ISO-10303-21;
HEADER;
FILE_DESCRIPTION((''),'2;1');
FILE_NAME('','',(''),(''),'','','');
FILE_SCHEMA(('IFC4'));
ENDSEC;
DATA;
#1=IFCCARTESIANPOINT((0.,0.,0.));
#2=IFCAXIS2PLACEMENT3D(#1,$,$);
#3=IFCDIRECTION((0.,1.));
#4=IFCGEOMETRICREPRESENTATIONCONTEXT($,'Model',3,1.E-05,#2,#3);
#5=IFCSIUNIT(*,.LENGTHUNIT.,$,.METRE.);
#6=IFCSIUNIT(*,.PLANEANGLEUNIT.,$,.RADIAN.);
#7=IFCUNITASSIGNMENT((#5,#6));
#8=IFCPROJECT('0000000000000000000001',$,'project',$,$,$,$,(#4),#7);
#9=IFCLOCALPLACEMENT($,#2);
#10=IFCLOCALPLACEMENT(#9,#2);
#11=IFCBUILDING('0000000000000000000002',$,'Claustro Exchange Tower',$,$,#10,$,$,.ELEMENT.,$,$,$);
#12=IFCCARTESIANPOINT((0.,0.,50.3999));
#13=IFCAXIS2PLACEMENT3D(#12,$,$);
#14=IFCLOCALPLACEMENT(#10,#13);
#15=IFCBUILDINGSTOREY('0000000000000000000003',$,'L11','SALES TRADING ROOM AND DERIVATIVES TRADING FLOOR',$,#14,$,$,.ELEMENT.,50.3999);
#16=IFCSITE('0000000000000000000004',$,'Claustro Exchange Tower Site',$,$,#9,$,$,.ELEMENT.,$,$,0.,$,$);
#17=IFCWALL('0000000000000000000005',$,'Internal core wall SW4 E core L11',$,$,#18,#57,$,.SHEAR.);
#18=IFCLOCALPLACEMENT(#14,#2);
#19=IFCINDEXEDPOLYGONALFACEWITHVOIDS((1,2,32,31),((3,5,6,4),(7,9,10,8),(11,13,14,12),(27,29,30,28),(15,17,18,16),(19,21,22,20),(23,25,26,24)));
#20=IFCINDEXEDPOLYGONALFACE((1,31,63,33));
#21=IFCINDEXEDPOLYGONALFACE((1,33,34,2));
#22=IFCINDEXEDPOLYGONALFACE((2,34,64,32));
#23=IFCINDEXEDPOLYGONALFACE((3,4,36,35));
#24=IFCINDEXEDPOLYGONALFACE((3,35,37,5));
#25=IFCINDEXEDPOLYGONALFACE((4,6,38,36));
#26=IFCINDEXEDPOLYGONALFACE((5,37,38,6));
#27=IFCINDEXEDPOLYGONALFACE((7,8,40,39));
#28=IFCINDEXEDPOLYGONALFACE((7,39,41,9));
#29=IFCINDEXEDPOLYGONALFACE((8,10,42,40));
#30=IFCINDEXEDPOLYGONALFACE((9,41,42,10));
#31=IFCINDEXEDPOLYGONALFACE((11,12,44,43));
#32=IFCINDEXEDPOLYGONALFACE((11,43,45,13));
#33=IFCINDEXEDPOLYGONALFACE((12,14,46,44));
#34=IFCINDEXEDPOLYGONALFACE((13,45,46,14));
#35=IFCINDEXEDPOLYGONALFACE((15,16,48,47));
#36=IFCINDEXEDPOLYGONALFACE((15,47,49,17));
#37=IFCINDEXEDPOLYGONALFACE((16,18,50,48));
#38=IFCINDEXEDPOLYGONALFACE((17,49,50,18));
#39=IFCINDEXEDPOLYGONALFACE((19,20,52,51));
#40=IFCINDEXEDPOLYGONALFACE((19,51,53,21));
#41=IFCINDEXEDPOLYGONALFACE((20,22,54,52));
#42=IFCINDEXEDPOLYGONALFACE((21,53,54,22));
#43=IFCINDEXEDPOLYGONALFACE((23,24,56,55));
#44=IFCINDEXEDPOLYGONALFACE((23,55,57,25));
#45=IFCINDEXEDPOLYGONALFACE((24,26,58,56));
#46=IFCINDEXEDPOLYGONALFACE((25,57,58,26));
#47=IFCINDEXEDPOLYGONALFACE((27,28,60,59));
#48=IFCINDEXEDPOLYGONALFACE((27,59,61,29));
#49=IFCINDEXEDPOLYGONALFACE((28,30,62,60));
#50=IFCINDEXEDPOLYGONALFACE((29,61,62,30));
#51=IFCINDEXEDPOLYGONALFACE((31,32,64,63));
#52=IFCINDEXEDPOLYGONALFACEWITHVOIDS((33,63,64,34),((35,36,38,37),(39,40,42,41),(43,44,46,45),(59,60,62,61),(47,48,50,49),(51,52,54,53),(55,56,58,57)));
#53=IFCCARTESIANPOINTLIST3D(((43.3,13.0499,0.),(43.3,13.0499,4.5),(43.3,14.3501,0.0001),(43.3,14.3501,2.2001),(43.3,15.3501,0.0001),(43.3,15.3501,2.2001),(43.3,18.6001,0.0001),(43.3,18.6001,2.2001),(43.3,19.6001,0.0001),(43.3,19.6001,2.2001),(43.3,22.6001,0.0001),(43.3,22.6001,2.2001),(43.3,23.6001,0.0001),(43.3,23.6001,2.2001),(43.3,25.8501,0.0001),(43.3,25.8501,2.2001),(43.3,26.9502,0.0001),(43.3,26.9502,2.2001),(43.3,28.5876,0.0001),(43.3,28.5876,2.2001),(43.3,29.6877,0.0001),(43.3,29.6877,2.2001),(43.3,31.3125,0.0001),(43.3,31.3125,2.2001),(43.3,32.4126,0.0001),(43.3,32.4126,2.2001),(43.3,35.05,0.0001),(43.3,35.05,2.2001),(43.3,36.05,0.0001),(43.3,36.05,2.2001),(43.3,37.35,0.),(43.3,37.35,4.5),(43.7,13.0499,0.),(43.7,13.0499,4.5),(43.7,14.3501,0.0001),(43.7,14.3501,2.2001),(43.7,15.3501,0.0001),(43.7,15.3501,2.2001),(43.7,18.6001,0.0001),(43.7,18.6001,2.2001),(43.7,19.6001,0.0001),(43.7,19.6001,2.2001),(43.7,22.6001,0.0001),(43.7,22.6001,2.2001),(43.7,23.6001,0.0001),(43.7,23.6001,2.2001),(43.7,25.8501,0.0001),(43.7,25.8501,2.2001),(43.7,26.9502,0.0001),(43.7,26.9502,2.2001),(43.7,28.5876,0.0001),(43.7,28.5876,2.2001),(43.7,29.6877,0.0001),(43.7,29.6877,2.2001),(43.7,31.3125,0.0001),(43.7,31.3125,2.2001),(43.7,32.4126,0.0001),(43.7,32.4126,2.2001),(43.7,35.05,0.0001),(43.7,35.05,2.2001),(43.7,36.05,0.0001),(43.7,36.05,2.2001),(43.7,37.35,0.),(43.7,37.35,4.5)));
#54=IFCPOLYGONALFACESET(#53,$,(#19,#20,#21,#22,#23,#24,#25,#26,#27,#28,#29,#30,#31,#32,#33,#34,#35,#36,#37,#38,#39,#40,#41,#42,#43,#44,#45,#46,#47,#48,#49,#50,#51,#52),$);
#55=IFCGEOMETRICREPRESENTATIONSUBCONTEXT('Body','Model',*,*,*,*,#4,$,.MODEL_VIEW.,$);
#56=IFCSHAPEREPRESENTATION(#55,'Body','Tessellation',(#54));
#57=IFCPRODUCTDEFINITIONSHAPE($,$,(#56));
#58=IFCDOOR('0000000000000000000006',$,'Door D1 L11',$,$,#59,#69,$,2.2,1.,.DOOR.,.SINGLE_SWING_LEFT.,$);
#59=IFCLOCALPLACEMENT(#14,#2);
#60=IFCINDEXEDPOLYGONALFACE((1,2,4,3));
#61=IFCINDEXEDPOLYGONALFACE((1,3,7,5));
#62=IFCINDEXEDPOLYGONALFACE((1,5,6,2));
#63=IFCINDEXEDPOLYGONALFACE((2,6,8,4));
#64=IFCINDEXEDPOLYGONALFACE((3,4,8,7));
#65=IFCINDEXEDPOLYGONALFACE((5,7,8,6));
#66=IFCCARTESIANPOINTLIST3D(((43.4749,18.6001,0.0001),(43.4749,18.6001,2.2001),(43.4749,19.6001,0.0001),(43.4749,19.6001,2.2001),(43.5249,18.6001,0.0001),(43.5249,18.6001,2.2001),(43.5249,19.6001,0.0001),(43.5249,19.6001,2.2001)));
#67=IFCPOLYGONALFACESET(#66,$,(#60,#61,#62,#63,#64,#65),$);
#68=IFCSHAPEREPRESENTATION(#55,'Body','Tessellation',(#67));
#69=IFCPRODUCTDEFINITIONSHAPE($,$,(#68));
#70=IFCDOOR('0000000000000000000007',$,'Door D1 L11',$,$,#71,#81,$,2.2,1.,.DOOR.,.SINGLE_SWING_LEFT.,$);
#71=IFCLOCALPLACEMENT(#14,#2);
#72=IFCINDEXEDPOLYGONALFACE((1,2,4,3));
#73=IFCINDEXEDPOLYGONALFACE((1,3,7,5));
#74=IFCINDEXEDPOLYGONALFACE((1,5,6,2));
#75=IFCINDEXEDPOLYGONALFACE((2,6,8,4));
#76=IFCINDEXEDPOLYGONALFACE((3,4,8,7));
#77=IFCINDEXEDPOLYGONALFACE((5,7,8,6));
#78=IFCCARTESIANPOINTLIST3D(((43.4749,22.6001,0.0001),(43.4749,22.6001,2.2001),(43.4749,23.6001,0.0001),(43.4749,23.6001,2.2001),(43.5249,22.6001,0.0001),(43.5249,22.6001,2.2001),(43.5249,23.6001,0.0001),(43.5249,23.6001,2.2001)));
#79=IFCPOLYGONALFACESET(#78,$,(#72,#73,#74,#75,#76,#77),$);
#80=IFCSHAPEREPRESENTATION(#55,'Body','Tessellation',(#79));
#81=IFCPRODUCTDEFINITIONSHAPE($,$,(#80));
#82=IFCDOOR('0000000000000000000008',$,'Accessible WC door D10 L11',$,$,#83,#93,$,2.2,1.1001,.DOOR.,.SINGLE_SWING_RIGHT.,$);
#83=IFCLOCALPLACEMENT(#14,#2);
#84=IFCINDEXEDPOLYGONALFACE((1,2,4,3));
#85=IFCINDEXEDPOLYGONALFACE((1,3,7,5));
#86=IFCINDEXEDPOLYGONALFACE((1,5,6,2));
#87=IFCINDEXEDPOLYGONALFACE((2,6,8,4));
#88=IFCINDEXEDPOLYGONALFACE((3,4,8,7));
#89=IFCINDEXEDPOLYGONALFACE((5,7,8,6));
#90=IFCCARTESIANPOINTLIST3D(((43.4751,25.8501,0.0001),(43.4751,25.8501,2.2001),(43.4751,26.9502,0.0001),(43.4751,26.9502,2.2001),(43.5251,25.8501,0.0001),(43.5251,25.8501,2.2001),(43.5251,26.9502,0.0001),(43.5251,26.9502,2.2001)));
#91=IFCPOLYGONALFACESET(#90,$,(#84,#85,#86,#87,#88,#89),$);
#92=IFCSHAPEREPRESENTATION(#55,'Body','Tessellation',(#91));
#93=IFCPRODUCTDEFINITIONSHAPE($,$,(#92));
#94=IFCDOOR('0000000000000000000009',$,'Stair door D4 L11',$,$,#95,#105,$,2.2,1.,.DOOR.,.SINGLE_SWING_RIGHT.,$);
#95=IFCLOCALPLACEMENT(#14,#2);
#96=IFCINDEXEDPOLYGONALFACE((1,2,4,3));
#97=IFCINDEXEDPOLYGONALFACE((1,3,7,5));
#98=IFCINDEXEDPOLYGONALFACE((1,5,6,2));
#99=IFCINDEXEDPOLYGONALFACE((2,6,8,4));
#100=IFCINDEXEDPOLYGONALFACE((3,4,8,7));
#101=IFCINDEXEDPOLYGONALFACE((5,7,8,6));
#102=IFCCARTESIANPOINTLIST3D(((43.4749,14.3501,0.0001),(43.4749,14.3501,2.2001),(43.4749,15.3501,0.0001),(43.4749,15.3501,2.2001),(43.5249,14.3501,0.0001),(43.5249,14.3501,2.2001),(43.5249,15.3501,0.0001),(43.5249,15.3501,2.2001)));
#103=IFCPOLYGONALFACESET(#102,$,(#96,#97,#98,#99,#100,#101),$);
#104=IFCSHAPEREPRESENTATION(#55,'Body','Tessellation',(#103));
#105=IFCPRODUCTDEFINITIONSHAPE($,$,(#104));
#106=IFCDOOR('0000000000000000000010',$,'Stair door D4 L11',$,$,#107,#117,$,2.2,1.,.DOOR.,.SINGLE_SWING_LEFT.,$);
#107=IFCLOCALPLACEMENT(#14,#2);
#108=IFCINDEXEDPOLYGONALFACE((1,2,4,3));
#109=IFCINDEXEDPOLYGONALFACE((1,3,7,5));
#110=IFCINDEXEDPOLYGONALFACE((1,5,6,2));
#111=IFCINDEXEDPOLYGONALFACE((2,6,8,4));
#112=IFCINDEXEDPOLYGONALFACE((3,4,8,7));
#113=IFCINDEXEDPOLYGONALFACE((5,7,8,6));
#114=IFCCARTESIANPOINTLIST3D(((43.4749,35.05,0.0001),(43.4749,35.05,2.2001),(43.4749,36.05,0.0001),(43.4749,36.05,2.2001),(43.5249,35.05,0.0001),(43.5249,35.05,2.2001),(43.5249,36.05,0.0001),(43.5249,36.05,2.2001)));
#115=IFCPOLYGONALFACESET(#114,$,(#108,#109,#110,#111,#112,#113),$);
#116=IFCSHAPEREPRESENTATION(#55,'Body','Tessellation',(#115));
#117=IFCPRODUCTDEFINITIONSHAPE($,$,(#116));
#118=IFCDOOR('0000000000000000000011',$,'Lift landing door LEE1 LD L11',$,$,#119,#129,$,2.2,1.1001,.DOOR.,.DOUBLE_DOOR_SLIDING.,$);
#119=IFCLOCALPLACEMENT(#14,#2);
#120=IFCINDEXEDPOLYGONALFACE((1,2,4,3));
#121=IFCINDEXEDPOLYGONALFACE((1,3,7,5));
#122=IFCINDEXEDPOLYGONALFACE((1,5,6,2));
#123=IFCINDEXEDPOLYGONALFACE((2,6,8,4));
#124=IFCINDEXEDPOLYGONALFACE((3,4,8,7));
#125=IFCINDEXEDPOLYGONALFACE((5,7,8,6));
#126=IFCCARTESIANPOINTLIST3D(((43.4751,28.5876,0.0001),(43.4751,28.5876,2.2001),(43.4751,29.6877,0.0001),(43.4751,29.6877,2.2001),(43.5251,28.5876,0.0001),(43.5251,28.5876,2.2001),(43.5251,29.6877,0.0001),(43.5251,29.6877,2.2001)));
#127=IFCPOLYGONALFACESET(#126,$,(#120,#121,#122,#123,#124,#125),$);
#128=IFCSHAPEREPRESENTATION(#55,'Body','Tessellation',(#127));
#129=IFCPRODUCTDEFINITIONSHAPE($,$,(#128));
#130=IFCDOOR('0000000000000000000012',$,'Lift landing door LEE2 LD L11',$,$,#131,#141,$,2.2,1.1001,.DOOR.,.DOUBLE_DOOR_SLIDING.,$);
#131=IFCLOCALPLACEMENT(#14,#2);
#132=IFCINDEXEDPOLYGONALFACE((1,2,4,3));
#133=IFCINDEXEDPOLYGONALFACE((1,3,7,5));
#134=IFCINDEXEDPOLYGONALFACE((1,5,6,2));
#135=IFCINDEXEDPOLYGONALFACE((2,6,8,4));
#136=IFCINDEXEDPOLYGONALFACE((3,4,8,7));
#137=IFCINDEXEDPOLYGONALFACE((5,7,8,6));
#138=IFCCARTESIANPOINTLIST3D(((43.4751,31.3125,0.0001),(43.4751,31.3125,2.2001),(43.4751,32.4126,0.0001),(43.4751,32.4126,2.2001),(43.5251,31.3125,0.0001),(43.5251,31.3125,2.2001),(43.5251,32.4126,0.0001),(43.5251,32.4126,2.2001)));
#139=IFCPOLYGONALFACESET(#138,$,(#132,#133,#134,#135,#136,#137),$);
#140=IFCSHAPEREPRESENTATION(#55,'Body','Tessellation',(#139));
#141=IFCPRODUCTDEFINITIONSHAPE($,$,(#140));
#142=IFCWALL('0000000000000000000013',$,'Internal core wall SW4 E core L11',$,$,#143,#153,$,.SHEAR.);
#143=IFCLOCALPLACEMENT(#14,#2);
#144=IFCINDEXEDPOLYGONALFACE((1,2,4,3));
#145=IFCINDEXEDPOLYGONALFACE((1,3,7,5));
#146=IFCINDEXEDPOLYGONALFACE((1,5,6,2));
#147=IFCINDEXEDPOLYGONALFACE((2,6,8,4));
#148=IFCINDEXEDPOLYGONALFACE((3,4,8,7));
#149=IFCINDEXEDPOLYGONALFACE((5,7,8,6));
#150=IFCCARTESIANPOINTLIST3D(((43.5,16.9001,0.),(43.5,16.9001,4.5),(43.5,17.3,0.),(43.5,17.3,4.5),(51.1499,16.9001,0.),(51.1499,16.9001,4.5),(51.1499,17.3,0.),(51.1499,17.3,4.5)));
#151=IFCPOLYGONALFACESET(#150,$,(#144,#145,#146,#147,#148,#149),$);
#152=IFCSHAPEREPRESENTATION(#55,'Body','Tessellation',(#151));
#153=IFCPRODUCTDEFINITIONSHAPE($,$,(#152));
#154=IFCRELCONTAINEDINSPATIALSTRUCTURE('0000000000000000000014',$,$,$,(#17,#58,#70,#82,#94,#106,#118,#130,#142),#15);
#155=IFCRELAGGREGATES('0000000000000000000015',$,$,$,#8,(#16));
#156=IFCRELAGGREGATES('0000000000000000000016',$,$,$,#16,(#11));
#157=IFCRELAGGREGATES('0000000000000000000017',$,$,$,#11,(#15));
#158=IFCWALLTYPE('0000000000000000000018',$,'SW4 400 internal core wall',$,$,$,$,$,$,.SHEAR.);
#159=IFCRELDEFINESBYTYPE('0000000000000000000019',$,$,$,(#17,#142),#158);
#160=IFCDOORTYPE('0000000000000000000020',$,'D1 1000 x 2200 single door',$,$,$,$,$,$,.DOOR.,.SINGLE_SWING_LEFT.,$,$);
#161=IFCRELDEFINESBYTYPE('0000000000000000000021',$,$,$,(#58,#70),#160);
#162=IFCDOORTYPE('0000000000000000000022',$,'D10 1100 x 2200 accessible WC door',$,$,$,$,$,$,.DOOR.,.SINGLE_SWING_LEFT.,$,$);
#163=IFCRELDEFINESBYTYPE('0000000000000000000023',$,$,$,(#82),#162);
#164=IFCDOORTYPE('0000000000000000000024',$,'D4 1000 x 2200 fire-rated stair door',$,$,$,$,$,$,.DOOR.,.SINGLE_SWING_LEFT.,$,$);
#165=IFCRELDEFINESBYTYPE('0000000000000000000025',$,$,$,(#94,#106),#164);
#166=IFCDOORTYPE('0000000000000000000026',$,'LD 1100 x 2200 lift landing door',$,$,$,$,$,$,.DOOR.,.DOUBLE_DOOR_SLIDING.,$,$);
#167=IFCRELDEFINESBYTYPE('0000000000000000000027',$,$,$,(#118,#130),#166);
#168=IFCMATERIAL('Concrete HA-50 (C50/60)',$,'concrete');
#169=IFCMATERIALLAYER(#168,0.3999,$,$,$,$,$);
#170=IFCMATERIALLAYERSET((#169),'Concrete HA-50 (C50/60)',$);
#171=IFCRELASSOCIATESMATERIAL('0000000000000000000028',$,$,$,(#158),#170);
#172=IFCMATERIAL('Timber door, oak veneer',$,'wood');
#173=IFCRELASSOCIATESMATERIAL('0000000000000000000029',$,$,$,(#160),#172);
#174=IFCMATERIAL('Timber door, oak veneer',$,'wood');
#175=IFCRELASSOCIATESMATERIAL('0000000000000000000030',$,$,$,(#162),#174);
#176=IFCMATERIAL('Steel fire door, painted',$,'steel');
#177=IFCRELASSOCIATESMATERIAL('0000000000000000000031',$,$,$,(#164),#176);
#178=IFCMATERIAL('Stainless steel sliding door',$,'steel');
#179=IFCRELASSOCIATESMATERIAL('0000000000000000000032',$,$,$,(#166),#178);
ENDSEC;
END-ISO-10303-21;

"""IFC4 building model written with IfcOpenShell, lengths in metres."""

from ifc_helpers import new_model, si_unit, direction, frame, frame_2d, origin, place, context, subcontext, project, spatial, rectangle, extrude, material, layer, layer_set, type_object, element, fill, save


model = new_model("IFC4")

# Units and contexts
model_context = context("Model", 3, precision=1e-05, world=origin(), true_north=direction((0.0, 1.0)))
body_context = subcontext(model_context, "Body", "Model", "MODEL_VIEW")
ifc_project = project(units=[si_unit("LENGTHUNIT", "METRE"), si_unit("PLANEANGLEUNIT", "RADIAN")], contexts=[model_context])

# Site, building, storey
site_placement = place(None, origin())
site = spatial("IfcSite", under=ifc_project, at=site_placement, Name="Claustro Exchange Tower Site", CompositionType="ELEMENT", RefElevation=0.0)
building_placement = place(site_placement, origin())
building = spatial("IfcBuilding", under=site, at=building_placement, Name="Claustro Exchange Tower", CompositionType="ELEMENT")
storey_placement = place(building_placement, frame((0.0, 0.0, 50.3999)))
storey = spatial("IfcBuildingStorey", under=building, at=storey_placement, Name="L11", Description="SALES TRADING ROOM AND DERIVATIVES TRADING FLOOR", CompositionType="ELEMENT", Elevation=50.3999)

# Wall, openings, doors
ifc_material_1 = material(Name="Concrete HA-50 (C50/60)", Category="concrete")
ifc_layer_1 = layer(ifc_material_1, 0.3999)
ifc_layer_set_1 = layer_set([ifc_layer_1], Name="Concrete HA-50 (C50/60)")
wall_type_1 = type_object("IfcWallType", Name="SW4 400 internal core wall", PredefinedType="SHEAR", material=ifc_layer_set_1)
wall_1_placement = place(storey_placement, frame((43.5, 13.05, 0.0), z_axis=(0.0, 0.0, 1.0), x_axis=(0.0, 1.0, 0.0)))
wall_1 = element("IfcWall", 1, at=wall_1_placement, inside=storey, type_object=wall_type_1, Name="Internal core wall SW4 E core L11", PredefinedType="SHEAR", context=body_context, shape_type="SweptSolid", body=[
    extrude(rectangle(XDim=24.3, YDim=0.3999, at=frame_2d((12.1499, 0.0))), origin(), (0.0, 0.0, 1.0), 4.5),
])
opening_1_placement = place(wall_1_placement, frame((1.3, 0.0, 0.0)))
opening_1 = element("IfcOpeningElement", 2, at=opening_1_placement, cuts=wall_1, PredefinedType="OPENING", context=body_context, shape_type="SweptSolid", body=[
    extrude(rectangle(XDim=1.0, YDim=2.2, at=frame_2d((0.5, 1.1001))), frame((0.0, 0.21, 0.0), z_axis=(0.0, -1.0, 0.0), x_axis=(1.0, 0.0, 0.0)), (0.0, 0.0, 1.0), 0.4199),
])
opening_2_placement = place(wall_1_placement, frame((22.0, 0.0, 0.0)))
opening_2 = element("IfcOpeningElement", 3, at=opening_2_placement, cuts=wall_1, PredefinedType="OPENING", context=body_context, shape_type="SweptSolid", body=[
    extrude(rectangle(XDim=1.0, YDim=2.2, at=frame_2d((0.5, 1.1001))), frame((0.0, 0.21, 0.0), z_axis=(0.0, -1.0, 0.0), x_axis=(1.0, 0.0, 0.0)), (0.0, 0.0, 1.0), 0.4199),
])
opening_3_placement = place(wall_1_placement, frame((5.55, 0.0, 0.0)))
opening_3 = element("IfcOpeningElement", 4, at=opening_3_placement, cuts=wall_1, PredefinedType="OPENING", context=body_context, shape_type="SweptSolid", body=[
    extrude(rectangle(XDim=1.0, YDim=2.2, at=frame_2d((0.5, 1.1001))), frame((0.0, 0.21, 0.0), z_axis=(0.0, -1.0, 0.0), x_axis=(1.0, 0.0, 0.0)), (0.0, 0.0, 1.0), 0.4199),
])
opening_4_placement = place(wall_1_placement, frame((9.55, 0.0, 0.0)))
opening_4 = element("IfcOpeningElement", 5, at=opening_4_placement, cuts=wall_1, PredefinedType="OPENING", context=body_context, shape_type="SweptSolid", body=[
    extrude(rectangle(XDim=1.0, YDim=2.2, at=frame_2d((0.5, 1.1001))), frame((0.0, 0.21, 0.0), z_axis=(0.0, -1.0, 0.0), x_axis=(1.0, 0.0, 0.0)), (0.0, 0.0, 1.0), 0.4199),
])
opening_5_placement = place(wall_1_placement, frame((12.8, 0.0, 0.0)))
opening_5 = element("IfcOpeningElement", 6, at=opening_5_placement, cuts=wall_1, PredefinedType="OPENING", context=body_context, shape_type="SweptSolid", body=[
    extrude(rectangle(XDim=1.1001, YDim=2.2, at=frame_2d((0.55, 1.1001))), frame((0.0, 0.21, 0.0), z_axis=(0.0, -1.0, 0.0), x_axis=(1.0, 0.0, 0.0)), (0.0, 0.0, 1.0), 0.4199),
])
opening_6_placement = place(wall_1_placement, frame((15.5376, 0.0, 0.0)))
opening_6 = element("IfcOpeningElement", 7, at=opening_6_placement, cuts=wall_1, PredefinedType="OPENING", context=body_context, shape_type="SweptSolid", body=[
    extrude(rectangle(XDim=1.1001, YDim=2.2, at=frame_2d((0.55, 1.1001))), frame((0.0, 0.21, 0.0), z_axis=(0.0, -1.0, 0.0), x_axis=(1.0, 0.0, 0.0)), (0.0, 0.0, 1.0), 0.4199),
])
opening_7_placement = place(wall_1_placement, frame((18.2625, 0.0, 0.0)))
opening_7 = element("IfcOpeningElement", 8, at=opening_7_placement, cuts=wall_1, PredefinedType="OPENING", context=body_context, shape_type="SweptSolid", body=[
    extrude(rectangle(XDim=1.1001, YDim=2.2, at=frame_2d((0.55, 1.1001))), frame((0.0, 0.21, 0.0), z_axis=(0.0, -1.0, 0.0), x_axis=(1.0, 0.0, 0.0)), (0.0, 0.0, 1.0), 0.4199),
])
ifc_material_2 = material(Name="Timber door, oak veneer", Category="wood")
door_type_1 = type_object("IfcDoorType", Name="D1 1000 x 2200 single door", OperationType="SINGLE_SWING_LEFT", PredefinedType="DOOR", material=ifc_material_2)
door_1_placement = place(opening_3_placement, frame((1.0, 0.0, 0.0), z_axis=(0.0, 0.0, 1.0), x_axis=(-1.0, 0.0, 0.0)))
door_1 = element("IfcDoor", 9, at=door_1_placement, inside=storey, type_object=door_type_1, Name="Door D1 L11", OperationType="SINGLE_SWING_LEFT", OverallHeight=2.2, OverallWidth=1.0, PredefinedType="DOOR", context=body_context, shape_type="SweptSolid", body=[
    extrude(rectangle(XDim=1.0, YDim=2.2, at=frame_2d((0.5, 1.1001))), frame((0.0, 0.0249, 0.0), z_axis=(0.0, -1.0, 0.0), x_axis=(1.0, 0.0, 0.0)), (0.0, 0.0, 1.0), 0.05),
])
fill(opening_3, door_1)
door_2_placement = place(opening_4_placement, frame((1.0, 0.0, 0.0), z_axis=(0.0, 0.0, 1.0), x_axis=(-1.0, 0.0, 0.0)))
door_2 = element("IfcDoor", 10, at=door_2_placement, inside=storey, type_object=door_type_1, Name="Door D1 L11", OperationType="SINGLE_SWING_LEFT", OverallHeight=2.2, OverallWidth=1.0, PredefinedType="DOOR", context=body_context, shape_type="SweptSolid", body=[
    extrude(rectangle(XDim=1.0, YDim=2.2, at=frame_2d((0.5, 1.1001))), frame((0.0, 0.0249, 0.0), z_axis=(0.0, -1.0, 0.0), x_axis=(1.0, 0.0, 0.0)), (0.0, 0.0, 1.0), 0.05),
])
fill(opening_4, door_2)
ifc_material_3 = material(Name="Timber door, oak veneer", Category="wood")
door_type_2 = type_object("IfcDoorType", Name="D10 1100 x 2200 accessible WC door", OperationType="SINGLE_SWING_LEFT", PredefinedType="DOOR", material=ifc_material_3)
door_3_placement = place(opening_5_placement, origin())
door_3 = element("IfcDoor", 11, at=door_3_placement, inside=storey, type_object=door_type_2, Name="Accessible WC door D10 L11", OperationType="SINGLE_SWING_RIGHT", OverallHeight=2.2, OverallWidth=1.1001, PredefinedType="DOOR", context=body_context, shape_type="SweptSolid", body=[
    extrude(rectangle(XDim=1.1001, YDim=2.2, at=frame_2d((0.55, 1.1001))), frame((0.0, 0.0249, 0.0), z_axis=(0.0, -1.0, 0.0), x_axis=(1.0, 0.0, 0.0)), (0.0, 0.0, 1.0), 0.05),
])
fill(opening_5, door_3)
ifc_material_4 = material(Name="Steel fire door, painted", Category="steel")
door_type_3 = type_object("IfcDoorType", Name="D4 1000 x 2200 fire-rated stair door", OperationType="SINGLE_SWING_LEFT", PredefinedType="DOOR", material=ifc_material_4)
door_4_placement = place(opening_1_placement, frame((1.0, 0.0, 0.0), z_axis=(0.0, 0.0, 1.0), x_axis=(-1.0, 0.0, 0.0)))
door_4 = element("IfcDoor", 12, at=door_4_placement, inside=storey, type_object=door_type_3, Name="Stair door D4 L11", OperationType="SINGLE_SWING_RIGHT", OverallHeight=2.2, OverallWidth=1.0, PredefinedType="DOOR", context=body_context, shape_type="SweptSolid", body=[
    extrude(rectangle(XDim=1.0, YDim=2.2, at=frame_2d((0.5, 1.1001))), frame((0.0, 0.0249, 0.0), z_axis=(0.0, -1.0, 0.0), x_axis=(1.0, 0.0, 0.0)), (0.0, 0.0, 1.0), 0.05),
])
fill(opening_1, door_4)
door_5_placement = place(opening_2_placement, frame((1.0, 0.0, 0.0), z_axis=(0.0, 0.0, 1.0), x_axis=(-1.0, 0.0, 0.0)))
door_5 = element("IfcDoor", 13, at=door_5_placement, inside=storey, type_object=door_type_3, Name="Stair door D4 L11", OperationType="SINGLE_SWING_LEFT", OverallHeight=2.2, OverallWidth=1.0, PredefinedType="DOOR", context=body_context, shape_type="SweptSolid", body=[
    extrude(rectangle(XDim=1.0, YDim=2.2, at=frame_2d((0.5, 1.1001))), frame((0.0, 0.0249, 0.0), z_axis=(0.0, -1.0, 0.0), x_axis=(1.0, 0.0, 0.0)), (0.0, 0.0, 1.0), 0.05),
])
fill(opening_2, door_5)
ifc_material_5 = material(Name="Stainless steel sliding door", Category="steel")
door_type_4 = type_object("IfcDoorType", Name="LD 1100 x 2200 lift landing door", OperationType="DOUBLE_DOOR_SLIDING", PredefinedType="DOOR", material=ifc_material_5)
door_6_placement = place(opening_6_placement, origin())
door_6 = element("IfcDoor", 14, at=door_6_placement, inside=storey, type_object=door_type_4, Name="Lift landing door LEE1 LD L11", OperationType="DOUBLE_DOOR_SLIDING", OverallHeight=2.2, OverallWidth=1.1001, PredefinedType="DOOR", context=body_context, shape_type="SweptSolid", body=[
    extrude(rectangle(XDim=1.1001, YDim=2.2, at=frame_2d((0.55, 1.1001))), frame((0.0, 0.0249, 0.0), z_axis=(0.0, -1.0, 0.0), x_axis=(1.0, 0.0, 0.0)), (0.0, 0.0, 1.0), 0.05),
])
fill(opening_6, door_6)
door_7_placement = place(opening_7_placement, origin())
door_7 = element("IfcDoor", 15, at=door_7_placement, inside=storey, type_object=door_type_4, Name="Lift landing door LEE2 LD L11", OperationType="DOUBLE_DOOR_SLIDING", OverallHeight=2.2, OverallWidth=1.1001, PredefinedType="DOOR", context=body_context, shape_type="SweptSolid", body=[
    extrude(rectangle(XDim=1.1001, YDim=2.2, at=frame_2d((0.55, 1.1001))), frame((0.0, 0.0249, 0.0), z_axis=(0.0, -1.0, 0.0), x_axis=(1.0, 0.0, 0.0)), (0.0, 0.0, 1.0), 0.05),
])
fill(opening_7, door_7)

# Wall
for number, where, z_axis, x_axis, name in (
    (16, (51.1499, 17.1001, 0.0), (0.0, 0.0, 1.0), (-1.0, 0.0, 0.0), "Internal core wall SW4 E core L11"),
):
    element("IfcWall", number, at=place(storey_placement, frame(where, z_axis=z_axis, x_axis=x_axis)), inside=storey, type_object=wall_type_1, Name=name, PredefinedType="SHEAR", context=body_context, shape_type="SweptSolid", body=[
        extrude(rectangle(XDim=7.6499, YDim=0.3999, at=frame_2d((3.825, 0.0))), origin(), (0.0, 0.0, 1.0), 4.5),
    ])

save(model, "model.ifc")
